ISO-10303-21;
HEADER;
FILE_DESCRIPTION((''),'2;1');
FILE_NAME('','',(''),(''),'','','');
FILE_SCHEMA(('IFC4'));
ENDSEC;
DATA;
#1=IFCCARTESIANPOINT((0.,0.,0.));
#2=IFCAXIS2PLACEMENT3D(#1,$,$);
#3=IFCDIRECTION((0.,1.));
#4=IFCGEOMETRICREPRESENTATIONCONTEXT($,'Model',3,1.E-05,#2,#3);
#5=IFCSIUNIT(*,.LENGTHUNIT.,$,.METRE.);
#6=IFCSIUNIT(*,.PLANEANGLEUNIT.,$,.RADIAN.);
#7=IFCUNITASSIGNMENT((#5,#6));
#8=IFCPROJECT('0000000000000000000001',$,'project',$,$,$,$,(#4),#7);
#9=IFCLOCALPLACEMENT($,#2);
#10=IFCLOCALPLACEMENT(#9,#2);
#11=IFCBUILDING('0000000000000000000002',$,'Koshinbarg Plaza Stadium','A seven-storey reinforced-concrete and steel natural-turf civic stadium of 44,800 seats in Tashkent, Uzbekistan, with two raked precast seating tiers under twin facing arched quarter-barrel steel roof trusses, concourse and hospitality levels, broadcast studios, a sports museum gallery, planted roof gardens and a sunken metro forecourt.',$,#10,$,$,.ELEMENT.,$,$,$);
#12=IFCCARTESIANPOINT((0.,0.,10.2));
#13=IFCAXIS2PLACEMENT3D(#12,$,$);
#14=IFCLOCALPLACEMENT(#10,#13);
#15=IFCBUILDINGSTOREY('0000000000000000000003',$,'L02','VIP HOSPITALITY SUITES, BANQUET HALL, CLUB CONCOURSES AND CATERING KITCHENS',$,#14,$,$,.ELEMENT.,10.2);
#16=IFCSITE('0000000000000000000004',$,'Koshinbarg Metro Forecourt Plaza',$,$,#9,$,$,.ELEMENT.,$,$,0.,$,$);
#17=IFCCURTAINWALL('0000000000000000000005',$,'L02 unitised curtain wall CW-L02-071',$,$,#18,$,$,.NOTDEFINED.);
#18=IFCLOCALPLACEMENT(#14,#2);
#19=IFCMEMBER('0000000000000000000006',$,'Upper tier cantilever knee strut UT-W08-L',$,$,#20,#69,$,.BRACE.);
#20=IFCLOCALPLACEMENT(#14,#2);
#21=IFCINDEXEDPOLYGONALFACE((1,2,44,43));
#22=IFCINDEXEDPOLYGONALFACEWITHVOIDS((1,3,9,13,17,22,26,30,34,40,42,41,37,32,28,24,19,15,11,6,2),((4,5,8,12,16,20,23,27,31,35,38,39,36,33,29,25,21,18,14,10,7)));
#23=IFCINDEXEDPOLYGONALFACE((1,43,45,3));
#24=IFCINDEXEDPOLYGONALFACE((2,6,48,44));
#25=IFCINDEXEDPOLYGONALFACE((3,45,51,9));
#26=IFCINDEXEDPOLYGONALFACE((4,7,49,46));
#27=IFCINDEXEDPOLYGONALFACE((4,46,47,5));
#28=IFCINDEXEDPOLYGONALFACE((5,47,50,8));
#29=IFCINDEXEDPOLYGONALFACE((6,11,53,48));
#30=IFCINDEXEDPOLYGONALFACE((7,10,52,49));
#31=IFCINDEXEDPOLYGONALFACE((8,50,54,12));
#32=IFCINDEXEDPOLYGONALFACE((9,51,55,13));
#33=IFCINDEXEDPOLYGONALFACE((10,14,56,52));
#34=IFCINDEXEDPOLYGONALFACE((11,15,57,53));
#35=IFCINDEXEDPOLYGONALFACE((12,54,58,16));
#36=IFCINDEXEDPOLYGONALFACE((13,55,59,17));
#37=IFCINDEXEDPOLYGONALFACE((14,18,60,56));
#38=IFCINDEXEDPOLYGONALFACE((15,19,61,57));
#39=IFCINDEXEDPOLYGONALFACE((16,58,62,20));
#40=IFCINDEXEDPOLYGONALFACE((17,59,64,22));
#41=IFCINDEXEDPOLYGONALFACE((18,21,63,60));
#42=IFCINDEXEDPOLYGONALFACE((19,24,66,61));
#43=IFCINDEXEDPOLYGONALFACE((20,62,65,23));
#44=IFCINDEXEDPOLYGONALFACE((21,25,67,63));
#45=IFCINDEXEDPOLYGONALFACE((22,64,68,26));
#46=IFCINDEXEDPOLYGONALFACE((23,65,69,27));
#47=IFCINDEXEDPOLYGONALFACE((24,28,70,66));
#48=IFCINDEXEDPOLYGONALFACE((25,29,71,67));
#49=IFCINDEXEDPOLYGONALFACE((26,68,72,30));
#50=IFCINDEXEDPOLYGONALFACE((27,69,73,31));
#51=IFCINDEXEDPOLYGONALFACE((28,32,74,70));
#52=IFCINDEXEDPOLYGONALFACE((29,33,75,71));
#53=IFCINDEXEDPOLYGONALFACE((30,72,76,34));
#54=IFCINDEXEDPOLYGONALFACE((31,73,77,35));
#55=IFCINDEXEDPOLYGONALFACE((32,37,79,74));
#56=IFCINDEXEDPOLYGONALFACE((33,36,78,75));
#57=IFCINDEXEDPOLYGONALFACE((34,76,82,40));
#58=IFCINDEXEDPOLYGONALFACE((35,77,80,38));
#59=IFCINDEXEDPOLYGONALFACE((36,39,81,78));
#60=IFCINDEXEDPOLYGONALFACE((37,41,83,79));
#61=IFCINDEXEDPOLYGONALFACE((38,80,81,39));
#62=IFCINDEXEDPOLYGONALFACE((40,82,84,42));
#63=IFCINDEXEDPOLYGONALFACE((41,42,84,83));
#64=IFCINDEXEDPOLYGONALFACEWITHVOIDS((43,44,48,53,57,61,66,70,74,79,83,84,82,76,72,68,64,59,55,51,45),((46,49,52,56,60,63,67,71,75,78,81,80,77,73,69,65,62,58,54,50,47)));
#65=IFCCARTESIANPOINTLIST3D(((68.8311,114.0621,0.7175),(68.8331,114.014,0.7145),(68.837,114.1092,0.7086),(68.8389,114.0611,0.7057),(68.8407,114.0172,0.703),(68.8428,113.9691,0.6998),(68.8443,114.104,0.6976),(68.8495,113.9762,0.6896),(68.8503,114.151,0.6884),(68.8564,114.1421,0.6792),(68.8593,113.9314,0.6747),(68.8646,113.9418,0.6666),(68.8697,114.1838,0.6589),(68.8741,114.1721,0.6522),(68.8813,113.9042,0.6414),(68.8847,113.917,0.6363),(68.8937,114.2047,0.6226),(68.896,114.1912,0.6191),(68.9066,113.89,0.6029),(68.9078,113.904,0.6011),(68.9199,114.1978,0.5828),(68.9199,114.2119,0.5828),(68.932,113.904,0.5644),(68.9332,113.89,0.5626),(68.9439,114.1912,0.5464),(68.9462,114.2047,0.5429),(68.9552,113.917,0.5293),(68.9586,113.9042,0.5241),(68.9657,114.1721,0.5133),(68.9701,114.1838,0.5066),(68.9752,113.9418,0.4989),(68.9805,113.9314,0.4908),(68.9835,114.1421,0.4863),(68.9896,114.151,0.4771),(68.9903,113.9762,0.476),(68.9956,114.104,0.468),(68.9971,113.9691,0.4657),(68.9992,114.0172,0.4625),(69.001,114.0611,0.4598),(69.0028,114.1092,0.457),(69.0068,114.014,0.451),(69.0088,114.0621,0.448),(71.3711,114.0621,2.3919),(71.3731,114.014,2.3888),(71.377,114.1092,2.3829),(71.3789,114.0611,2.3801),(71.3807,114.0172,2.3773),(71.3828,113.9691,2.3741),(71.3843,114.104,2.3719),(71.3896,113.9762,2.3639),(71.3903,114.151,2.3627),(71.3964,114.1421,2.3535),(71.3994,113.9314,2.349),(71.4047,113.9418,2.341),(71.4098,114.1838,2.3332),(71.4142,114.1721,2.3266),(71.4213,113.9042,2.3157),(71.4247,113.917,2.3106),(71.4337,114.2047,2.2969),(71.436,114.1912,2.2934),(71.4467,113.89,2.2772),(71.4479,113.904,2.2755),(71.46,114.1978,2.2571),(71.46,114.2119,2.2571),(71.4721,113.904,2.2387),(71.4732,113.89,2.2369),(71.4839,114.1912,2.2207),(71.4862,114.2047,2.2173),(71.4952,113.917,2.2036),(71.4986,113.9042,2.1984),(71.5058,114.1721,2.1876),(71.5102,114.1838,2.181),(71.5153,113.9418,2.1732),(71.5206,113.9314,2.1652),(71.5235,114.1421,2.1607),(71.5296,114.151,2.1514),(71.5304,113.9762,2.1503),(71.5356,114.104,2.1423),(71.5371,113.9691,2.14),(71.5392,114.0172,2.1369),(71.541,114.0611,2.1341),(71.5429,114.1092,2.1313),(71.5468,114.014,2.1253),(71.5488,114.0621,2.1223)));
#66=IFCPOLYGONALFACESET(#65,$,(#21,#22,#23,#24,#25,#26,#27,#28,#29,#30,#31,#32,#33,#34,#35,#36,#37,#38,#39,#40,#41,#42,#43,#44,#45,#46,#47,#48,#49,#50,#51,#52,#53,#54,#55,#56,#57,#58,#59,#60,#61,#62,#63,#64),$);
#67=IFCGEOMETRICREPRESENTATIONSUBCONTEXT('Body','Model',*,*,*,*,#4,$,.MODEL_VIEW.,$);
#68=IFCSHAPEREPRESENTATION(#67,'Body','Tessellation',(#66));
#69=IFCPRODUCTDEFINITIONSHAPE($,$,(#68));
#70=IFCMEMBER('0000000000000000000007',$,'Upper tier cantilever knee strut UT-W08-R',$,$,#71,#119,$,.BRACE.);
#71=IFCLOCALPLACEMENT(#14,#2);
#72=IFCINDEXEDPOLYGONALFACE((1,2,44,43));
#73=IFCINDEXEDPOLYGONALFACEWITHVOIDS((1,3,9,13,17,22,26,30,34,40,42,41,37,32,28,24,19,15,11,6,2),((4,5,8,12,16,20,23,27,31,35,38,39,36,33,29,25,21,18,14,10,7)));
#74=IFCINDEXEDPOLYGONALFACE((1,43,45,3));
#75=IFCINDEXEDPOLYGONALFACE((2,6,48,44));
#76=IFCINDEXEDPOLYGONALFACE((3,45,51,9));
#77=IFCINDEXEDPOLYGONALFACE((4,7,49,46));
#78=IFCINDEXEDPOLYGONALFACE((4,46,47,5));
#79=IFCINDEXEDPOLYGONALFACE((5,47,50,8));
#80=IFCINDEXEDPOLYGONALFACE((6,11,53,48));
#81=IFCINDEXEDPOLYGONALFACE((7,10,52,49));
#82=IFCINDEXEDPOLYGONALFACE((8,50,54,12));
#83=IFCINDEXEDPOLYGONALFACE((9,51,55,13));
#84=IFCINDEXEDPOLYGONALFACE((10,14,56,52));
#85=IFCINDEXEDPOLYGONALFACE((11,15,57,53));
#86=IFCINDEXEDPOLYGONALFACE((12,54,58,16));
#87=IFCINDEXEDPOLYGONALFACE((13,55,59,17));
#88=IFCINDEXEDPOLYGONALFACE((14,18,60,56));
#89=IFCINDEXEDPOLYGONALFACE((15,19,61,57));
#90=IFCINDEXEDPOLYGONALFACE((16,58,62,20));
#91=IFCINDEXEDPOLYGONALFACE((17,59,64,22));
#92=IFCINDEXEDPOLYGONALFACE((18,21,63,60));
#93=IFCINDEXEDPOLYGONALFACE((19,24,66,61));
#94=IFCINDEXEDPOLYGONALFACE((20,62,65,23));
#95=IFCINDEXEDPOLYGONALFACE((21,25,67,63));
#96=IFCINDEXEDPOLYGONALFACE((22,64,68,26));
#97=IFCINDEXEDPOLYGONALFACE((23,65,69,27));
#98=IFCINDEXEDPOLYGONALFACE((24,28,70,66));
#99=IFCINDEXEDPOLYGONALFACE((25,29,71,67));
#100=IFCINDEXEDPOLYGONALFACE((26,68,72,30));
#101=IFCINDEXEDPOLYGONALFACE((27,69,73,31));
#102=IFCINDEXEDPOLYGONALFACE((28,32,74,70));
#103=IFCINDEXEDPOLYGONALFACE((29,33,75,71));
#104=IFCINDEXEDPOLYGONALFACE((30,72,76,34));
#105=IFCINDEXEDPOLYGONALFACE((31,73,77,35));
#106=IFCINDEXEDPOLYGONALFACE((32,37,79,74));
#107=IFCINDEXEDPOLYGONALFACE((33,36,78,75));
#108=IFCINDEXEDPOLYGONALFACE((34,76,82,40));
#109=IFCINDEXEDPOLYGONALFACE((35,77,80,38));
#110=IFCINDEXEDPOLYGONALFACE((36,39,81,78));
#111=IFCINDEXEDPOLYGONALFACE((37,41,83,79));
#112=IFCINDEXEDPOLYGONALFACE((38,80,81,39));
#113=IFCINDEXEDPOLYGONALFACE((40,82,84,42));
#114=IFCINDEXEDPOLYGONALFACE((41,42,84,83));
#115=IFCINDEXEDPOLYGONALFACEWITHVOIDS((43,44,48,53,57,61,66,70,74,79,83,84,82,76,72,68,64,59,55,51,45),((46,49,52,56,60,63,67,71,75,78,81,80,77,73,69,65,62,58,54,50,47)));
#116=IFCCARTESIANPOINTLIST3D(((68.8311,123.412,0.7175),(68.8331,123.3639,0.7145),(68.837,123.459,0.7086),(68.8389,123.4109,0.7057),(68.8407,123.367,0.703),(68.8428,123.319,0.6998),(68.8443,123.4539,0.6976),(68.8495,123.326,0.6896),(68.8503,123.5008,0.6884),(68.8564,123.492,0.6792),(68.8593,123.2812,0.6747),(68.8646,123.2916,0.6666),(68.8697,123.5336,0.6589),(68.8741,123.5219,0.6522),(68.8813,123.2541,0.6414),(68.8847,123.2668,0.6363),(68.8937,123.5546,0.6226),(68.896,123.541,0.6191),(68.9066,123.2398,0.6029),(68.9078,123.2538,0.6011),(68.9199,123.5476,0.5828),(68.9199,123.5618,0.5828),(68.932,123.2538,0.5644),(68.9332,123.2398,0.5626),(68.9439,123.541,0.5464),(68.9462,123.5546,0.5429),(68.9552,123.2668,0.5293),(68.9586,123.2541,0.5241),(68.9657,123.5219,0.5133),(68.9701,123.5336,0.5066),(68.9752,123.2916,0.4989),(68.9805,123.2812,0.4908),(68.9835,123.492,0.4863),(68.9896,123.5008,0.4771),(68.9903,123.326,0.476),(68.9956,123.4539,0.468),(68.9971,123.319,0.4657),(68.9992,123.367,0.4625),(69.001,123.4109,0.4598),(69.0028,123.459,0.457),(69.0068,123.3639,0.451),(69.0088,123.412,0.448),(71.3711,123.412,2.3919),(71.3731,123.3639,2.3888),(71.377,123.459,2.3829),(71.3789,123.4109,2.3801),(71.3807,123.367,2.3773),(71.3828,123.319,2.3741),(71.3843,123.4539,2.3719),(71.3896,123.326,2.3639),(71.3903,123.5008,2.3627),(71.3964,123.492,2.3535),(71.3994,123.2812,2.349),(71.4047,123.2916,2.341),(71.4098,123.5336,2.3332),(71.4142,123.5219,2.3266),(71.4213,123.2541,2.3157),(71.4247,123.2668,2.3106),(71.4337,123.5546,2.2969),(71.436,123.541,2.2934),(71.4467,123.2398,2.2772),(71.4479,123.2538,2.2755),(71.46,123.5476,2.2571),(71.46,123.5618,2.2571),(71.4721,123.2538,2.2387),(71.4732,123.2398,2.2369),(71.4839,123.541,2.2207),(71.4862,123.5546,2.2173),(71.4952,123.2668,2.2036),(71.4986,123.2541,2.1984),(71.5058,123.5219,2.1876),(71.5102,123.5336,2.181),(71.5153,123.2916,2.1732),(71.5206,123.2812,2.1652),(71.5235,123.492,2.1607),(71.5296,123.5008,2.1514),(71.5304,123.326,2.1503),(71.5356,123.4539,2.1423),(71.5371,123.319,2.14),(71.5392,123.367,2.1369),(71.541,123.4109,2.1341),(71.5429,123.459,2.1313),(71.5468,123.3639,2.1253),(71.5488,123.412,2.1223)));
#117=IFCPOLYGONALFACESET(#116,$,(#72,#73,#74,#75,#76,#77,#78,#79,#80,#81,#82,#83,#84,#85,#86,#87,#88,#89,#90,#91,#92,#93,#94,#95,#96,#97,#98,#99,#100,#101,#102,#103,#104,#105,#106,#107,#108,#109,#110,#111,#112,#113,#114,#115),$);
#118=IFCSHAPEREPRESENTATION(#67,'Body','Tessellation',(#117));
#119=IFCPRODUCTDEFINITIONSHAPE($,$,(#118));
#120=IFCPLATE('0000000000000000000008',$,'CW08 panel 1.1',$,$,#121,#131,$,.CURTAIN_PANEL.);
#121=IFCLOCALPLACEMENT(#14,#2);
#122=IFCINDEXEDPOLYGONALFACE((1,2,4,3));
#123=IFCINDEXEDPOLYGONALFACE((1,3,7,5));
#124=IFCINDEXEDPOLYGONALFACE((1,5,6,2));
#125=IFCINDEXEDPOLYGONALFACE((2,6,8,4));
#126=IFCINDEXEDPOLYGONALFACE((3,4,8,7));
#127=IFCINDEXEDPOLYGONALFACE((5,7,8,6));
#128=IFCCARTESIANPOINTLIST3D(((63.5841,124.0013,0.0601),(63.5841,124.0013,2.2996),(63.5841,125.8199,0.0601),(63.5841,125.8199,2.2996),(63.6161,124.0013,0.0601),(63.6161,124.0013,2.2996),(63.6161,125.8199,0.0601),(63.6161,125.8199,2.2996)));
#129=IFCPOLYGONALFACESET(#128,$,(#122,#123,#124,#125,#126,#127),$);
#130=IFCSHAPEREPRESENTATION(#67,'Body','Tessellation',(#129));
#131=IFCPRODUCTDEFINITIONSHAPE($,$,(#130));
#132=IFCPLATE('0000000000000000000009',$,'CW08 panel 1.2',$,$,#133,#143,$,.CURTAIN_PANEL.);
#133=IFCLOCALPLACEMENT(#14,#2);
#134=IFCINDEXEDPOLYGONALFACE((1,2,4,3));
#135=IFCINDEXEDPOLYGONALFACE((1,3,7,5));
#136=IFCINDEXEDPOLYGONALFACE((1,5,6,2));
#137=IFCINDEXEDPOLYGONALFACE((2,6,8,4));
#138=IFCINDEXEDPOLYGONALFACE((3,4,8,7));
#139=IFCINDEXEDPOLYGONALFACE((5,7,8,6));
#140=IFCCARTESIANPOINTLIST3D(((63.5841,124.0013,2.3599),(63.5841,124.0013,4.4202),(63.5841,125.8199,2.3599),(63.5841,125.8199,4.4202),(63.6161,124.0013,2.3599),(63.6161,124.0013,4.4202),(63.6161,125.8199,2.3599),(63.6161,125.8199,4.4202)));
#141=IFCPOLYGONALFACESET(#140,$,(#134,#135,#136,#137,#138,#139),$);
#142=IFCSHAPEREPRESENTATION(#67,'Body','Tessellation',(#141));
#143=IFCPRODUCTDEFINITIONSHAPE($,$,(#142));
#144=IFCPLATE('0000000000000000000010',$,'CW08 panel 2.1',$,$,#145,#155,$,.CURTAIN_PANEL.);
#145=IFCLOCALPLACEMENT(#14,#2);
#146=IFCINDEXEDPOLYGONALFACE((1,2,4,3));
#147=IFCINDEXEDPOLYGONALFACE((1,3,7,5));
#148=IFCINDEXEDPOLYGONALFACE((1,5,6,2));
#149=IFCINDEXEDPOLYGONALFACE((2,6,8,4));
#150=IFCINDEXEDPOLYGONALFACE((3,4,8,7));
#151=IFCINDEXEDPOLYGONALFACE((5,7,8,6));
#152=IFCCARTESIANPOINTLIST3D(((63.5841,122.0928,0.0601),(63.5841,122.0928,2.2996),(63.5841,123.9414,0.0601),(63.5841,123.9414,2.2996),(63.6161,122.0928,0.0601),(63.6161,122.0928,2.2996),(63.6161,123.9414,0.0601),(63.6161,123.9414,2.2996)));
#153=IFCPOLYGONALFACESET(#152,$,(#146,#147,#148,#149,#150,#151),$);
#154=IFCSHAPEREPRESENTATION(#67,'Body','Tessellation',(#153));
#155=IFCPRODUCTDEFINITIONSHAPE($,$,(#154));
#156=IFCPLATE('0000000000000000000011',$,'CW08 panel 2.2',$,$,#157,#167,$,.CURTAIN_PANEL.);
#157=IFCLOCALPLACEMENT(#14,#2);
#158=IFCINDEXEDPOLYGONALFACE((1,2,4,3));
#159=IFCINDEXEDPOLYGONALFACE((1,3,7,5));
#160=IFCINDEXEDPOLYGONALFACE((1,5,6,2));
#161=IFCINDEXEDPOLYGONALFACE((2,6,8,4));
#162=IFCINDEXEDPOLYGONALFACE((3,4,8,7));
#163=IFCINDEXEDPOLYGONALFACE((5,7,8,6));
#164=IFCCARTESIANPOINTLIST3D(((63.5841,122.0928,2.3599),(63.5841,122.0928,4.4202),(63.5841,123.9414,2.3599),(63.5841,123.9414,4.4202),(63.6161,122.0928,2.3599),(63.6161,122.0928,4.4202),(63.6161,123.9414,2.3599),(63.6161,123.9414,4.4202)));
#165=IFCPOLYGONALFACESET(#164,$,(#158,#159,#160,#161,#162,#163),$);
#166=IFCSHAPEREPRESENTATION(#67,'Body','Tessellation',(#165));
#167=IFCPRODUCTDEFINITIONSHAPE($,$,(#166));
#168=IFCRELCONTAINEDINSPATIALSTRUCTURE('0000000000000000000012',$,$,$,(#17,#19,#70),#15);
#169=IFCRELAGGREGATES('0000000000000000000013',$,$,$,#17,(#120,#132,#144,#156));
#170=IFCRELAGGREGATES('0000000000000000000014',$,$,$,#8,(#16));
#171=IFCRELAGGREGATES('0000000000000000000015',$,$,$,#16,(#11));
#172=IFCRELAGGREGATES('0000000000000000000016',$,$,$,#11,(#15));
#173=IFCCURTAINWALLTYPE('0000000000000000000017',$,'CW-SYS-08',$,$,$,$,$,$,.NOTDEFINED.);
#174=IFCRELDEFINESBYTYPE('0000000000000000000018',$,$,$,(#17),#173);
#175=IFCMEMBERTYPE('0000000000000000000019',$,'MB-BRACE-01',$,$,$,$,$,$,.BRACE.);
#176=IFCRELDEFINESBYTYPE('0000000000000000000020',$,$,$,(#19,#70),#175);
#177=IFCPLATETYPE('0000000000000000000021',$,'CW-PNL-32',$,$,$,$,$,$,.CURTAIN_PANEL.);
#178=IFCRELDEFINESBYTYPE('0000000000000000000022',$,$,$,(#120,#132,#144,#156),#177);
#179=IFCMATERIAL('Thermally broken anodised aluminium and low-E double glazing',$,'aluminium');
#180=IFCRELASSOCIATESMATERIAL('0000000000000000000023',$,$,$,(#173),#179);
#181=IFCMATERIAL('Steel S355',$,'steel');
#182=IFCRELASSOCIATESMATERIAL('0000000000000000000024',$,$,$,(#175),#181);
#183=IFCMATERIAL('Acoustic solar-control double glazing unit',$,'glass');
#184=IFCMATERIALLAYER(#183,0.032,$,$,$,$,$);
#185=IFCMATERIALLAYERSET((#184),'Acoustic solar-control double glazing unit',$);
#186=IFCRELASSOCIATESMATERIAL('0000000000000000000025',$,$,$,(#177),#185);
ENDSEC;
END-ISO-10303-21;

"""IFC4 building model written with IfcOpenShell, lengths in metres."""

from ifc_helpers import new_model, si_unit, direction, frame, origin, origin_2d, place, context, subcontext, project, spatial, rectangle, hollow_circle, extrude, material, layer, layer_set, material_profile, profile_set, type_object, element, aggregate, save


model = new_model("IFC4")

# Units and contexts
model_context = context("Model", 3, precision=1e-05, world=origin(), true_north=direction((0.0, 1.0)))
body_context = subcontext(model_context, "Body", "Model", "MODEL_VIEW")
ifc_project = project(units=[si_unit("LENGTHUNIT", "METRE"), si_unit("PLANEANGLEUNIT", "RADIAN")], contexts=[model_context])

# Site, building, storey
site_placement = place(None, origin())
site = spatial("IfcSite", under=ifc_project, at=site_placement, Name="Koshinbarg Metro Forecourt Plaza", CompositionType="ELEMENT", RefElevation=0.0)
building_placement = place(site_placement, origin())
building = spatial("IfcBuilding", under=site, at=building_placement, Name="Koshinbarg Plaza Stadium", Description="A seven-storey reinforced-concrete and steel natural-turf civic stadium of 44,800 seats in Tashkent, Uzbekistan, with two raked precast seating tiers under twin facing arched quarter-barrel steel roof trusses, concourse and hospitality levels, broadcast studios, a sports museum gallery, planted roof gardens and a sunken metro forecourt.", CompositionType="ELEMENT")
storey_placement = place(building_placement, frame((0.0, 0.0, 10.2)))
storey = spatial("IfcBuildingStorey", under=building, at=storey_placement, Name="L02", Description="VIP HOSPITALITY SUITES, BANQUET HALL, CLUB CONCOURSES AND CATERING KITCHENS", CompositionType="ELEMENT", Elevation=10.2)

# Shared definitions
ifc_material_1 = material(Name="Steel S355", Category="steel")

# Curtain wall
ifc_material_2 = material(Name="Thermally broken anodised aluminium and low-E double glazing", Category="aluminium")
curtain_wall_type = type_object("IfcCurtainWallType", Name="CW-SYS-08", PredefinedType="NOTDEFINED", material=ifc_material_2)
curtain_wall_placement = place(storey_placement, origin())
curtain_wall = element("IfcCurtainWall", 1, at=curtain_wall_placement, inside=storey, type_object=curtain_wall_type, Name="L02 unitised curtain wall CW-L02-071", PredefinedType="NOTDEFINED")

# Members
ifc_material_profile_1 = material_profile(ifc_material_1, hollow_circle(Radius=0.1619, WallThickness=0.0142, at=origin_2d()), Name="CHS 323.9x14.2")
ifc_profile_set_1 = profile_set([ifc_material_profile_1], Name="Steel S355")
member_type_1 = type_object("IfcMemberType", Name="MB-BRACE-01", PredefinedType="BRACE", material=ifc_profile_set_1)
for number, where, z_axis, x_axis, name in (
    (2, (68.9199, 114.05, 0.5828), (0.834928, 0.0, 0.550359), (0.0, 1.0, 0.0), "Upper tier cantilever knee strut UT-W08-L"),
    (3, (68.9199, 123.3999, 0.5828), (0.834928, 0.0, 0.550359), (0.0, 1.0, 0.0), "Upper tier cantilever knee strut UT-W08-R"),
):
    element("IfcMember", number, at=place(storey_placement, frame(where, z_axis=z_axis, x_axis=x_axis)), inside=storey, type_object=member_type_1, Name=name, PredefinedType="BRACE", context=body_context, shape_type="SweptSolid", body=[
        extrude(hollow_circle(Radius=0.1619, WallThickness=0.0142, at=origin_2d()), origin(), (0.0, 0.0, 1.0), 3.0422),
    ])

# Plates
ifc_material_3 = material(Name="Acoustic solar-control double glazing unit", Category="glass")
ifc_layer = layer(ifc_material_3, 0.032)
ifc_layer_set = layer_set([ifc_layer], Name="Acoustic solar-control double glazing unit")
plate_type = type_object("IfcPlateType", Name="CW-PNL-32", PredefinedType="CURTAIN_PANEL", material=ifc_layer_set)
plate_1_placement = place(storey_placement, frame((63.6001, 124.9106, 0.0601), z_axis=(0.0, 0.0, 1.0), x_axis=(0.0, -1.0, 0.0)))
plate_1 = element("IfcPlate", 4, at=plate_1_placement, type_object=plate_type, Name="CW08 panel 1.1", PredefinedType="CURTAIN_PANEL", context=body_context, shape_type="SweptSolid", body=[
    extrude(rectangle(XDim=1.8186, YDim=0.032, at=origin_2d()), origin(), (0.0, 0.0, 1.0), 2.2395),
])
plate_2_placement = place(storey_placement, frame((63.6001, 124.9106, 2.3599), z_axis=(0.0, 0.0, 1.0), x_axis=(0.0, -1.0, 0.0)))
plate_2 = element("IfcPlate", 5, at=plate_2_placement, type_object=plate_type, Name="CW08 panel 1.2", PredefinedType="CURTAIN_PANEL", context=body_context, shape_type="SweptSolid", body=[
    extrude(rectangle(XDim=1.8186, YDim=0.032, at=origin_2d()), origin(), (0.0, 0.0, 1.0), 2.0603),
])
plate_3_placement = place(storey_placement, frame((63.6001, 123.0171, 0.0601), z_axis=(0.0, 0.0, 1.0), x_axis=(0.0, -1.0, 0.0)))
plate_3 = element("IfcPlate", 6, at=plate_3_placement, type_object=plate_type, Name="CW08 panel 2.1", PredefinedType="CURTAIN_PANEL", context=body_context, shape_type="SweptSolid", body=[
    extrude(rectangle(XDim=1.8486, YDim=0.032, at=origin_2d()), origin(), (0.0, 0.0, 1.0), 2.2395),
])
plate_4_placement = place(storey_placement, frame((63.6001, 123.0171, 2.3599), z_axis=(0.0, 0.0, 1.0), x_axis=(0.0, -1.0, 0.0)))
plate_4 = element("IfcPlate", 7, at=plate_4_placement, type_object=plate_type, Name="CW08 panel 2.2", PredefinedType="CURTAIN_PANEL", context=body_context, shape_type="SweptSolid", body=[
    extrude(rectangle(XDim=1.8486, YDim=0.032, at=origin_2d()), origin(), (0.0, 0.0, 1.0), 2.0603),
])
aggregate(curtain_wall, [plate_1, plate_2, plate_3, plate_4])

save(model, "model.ifc")
